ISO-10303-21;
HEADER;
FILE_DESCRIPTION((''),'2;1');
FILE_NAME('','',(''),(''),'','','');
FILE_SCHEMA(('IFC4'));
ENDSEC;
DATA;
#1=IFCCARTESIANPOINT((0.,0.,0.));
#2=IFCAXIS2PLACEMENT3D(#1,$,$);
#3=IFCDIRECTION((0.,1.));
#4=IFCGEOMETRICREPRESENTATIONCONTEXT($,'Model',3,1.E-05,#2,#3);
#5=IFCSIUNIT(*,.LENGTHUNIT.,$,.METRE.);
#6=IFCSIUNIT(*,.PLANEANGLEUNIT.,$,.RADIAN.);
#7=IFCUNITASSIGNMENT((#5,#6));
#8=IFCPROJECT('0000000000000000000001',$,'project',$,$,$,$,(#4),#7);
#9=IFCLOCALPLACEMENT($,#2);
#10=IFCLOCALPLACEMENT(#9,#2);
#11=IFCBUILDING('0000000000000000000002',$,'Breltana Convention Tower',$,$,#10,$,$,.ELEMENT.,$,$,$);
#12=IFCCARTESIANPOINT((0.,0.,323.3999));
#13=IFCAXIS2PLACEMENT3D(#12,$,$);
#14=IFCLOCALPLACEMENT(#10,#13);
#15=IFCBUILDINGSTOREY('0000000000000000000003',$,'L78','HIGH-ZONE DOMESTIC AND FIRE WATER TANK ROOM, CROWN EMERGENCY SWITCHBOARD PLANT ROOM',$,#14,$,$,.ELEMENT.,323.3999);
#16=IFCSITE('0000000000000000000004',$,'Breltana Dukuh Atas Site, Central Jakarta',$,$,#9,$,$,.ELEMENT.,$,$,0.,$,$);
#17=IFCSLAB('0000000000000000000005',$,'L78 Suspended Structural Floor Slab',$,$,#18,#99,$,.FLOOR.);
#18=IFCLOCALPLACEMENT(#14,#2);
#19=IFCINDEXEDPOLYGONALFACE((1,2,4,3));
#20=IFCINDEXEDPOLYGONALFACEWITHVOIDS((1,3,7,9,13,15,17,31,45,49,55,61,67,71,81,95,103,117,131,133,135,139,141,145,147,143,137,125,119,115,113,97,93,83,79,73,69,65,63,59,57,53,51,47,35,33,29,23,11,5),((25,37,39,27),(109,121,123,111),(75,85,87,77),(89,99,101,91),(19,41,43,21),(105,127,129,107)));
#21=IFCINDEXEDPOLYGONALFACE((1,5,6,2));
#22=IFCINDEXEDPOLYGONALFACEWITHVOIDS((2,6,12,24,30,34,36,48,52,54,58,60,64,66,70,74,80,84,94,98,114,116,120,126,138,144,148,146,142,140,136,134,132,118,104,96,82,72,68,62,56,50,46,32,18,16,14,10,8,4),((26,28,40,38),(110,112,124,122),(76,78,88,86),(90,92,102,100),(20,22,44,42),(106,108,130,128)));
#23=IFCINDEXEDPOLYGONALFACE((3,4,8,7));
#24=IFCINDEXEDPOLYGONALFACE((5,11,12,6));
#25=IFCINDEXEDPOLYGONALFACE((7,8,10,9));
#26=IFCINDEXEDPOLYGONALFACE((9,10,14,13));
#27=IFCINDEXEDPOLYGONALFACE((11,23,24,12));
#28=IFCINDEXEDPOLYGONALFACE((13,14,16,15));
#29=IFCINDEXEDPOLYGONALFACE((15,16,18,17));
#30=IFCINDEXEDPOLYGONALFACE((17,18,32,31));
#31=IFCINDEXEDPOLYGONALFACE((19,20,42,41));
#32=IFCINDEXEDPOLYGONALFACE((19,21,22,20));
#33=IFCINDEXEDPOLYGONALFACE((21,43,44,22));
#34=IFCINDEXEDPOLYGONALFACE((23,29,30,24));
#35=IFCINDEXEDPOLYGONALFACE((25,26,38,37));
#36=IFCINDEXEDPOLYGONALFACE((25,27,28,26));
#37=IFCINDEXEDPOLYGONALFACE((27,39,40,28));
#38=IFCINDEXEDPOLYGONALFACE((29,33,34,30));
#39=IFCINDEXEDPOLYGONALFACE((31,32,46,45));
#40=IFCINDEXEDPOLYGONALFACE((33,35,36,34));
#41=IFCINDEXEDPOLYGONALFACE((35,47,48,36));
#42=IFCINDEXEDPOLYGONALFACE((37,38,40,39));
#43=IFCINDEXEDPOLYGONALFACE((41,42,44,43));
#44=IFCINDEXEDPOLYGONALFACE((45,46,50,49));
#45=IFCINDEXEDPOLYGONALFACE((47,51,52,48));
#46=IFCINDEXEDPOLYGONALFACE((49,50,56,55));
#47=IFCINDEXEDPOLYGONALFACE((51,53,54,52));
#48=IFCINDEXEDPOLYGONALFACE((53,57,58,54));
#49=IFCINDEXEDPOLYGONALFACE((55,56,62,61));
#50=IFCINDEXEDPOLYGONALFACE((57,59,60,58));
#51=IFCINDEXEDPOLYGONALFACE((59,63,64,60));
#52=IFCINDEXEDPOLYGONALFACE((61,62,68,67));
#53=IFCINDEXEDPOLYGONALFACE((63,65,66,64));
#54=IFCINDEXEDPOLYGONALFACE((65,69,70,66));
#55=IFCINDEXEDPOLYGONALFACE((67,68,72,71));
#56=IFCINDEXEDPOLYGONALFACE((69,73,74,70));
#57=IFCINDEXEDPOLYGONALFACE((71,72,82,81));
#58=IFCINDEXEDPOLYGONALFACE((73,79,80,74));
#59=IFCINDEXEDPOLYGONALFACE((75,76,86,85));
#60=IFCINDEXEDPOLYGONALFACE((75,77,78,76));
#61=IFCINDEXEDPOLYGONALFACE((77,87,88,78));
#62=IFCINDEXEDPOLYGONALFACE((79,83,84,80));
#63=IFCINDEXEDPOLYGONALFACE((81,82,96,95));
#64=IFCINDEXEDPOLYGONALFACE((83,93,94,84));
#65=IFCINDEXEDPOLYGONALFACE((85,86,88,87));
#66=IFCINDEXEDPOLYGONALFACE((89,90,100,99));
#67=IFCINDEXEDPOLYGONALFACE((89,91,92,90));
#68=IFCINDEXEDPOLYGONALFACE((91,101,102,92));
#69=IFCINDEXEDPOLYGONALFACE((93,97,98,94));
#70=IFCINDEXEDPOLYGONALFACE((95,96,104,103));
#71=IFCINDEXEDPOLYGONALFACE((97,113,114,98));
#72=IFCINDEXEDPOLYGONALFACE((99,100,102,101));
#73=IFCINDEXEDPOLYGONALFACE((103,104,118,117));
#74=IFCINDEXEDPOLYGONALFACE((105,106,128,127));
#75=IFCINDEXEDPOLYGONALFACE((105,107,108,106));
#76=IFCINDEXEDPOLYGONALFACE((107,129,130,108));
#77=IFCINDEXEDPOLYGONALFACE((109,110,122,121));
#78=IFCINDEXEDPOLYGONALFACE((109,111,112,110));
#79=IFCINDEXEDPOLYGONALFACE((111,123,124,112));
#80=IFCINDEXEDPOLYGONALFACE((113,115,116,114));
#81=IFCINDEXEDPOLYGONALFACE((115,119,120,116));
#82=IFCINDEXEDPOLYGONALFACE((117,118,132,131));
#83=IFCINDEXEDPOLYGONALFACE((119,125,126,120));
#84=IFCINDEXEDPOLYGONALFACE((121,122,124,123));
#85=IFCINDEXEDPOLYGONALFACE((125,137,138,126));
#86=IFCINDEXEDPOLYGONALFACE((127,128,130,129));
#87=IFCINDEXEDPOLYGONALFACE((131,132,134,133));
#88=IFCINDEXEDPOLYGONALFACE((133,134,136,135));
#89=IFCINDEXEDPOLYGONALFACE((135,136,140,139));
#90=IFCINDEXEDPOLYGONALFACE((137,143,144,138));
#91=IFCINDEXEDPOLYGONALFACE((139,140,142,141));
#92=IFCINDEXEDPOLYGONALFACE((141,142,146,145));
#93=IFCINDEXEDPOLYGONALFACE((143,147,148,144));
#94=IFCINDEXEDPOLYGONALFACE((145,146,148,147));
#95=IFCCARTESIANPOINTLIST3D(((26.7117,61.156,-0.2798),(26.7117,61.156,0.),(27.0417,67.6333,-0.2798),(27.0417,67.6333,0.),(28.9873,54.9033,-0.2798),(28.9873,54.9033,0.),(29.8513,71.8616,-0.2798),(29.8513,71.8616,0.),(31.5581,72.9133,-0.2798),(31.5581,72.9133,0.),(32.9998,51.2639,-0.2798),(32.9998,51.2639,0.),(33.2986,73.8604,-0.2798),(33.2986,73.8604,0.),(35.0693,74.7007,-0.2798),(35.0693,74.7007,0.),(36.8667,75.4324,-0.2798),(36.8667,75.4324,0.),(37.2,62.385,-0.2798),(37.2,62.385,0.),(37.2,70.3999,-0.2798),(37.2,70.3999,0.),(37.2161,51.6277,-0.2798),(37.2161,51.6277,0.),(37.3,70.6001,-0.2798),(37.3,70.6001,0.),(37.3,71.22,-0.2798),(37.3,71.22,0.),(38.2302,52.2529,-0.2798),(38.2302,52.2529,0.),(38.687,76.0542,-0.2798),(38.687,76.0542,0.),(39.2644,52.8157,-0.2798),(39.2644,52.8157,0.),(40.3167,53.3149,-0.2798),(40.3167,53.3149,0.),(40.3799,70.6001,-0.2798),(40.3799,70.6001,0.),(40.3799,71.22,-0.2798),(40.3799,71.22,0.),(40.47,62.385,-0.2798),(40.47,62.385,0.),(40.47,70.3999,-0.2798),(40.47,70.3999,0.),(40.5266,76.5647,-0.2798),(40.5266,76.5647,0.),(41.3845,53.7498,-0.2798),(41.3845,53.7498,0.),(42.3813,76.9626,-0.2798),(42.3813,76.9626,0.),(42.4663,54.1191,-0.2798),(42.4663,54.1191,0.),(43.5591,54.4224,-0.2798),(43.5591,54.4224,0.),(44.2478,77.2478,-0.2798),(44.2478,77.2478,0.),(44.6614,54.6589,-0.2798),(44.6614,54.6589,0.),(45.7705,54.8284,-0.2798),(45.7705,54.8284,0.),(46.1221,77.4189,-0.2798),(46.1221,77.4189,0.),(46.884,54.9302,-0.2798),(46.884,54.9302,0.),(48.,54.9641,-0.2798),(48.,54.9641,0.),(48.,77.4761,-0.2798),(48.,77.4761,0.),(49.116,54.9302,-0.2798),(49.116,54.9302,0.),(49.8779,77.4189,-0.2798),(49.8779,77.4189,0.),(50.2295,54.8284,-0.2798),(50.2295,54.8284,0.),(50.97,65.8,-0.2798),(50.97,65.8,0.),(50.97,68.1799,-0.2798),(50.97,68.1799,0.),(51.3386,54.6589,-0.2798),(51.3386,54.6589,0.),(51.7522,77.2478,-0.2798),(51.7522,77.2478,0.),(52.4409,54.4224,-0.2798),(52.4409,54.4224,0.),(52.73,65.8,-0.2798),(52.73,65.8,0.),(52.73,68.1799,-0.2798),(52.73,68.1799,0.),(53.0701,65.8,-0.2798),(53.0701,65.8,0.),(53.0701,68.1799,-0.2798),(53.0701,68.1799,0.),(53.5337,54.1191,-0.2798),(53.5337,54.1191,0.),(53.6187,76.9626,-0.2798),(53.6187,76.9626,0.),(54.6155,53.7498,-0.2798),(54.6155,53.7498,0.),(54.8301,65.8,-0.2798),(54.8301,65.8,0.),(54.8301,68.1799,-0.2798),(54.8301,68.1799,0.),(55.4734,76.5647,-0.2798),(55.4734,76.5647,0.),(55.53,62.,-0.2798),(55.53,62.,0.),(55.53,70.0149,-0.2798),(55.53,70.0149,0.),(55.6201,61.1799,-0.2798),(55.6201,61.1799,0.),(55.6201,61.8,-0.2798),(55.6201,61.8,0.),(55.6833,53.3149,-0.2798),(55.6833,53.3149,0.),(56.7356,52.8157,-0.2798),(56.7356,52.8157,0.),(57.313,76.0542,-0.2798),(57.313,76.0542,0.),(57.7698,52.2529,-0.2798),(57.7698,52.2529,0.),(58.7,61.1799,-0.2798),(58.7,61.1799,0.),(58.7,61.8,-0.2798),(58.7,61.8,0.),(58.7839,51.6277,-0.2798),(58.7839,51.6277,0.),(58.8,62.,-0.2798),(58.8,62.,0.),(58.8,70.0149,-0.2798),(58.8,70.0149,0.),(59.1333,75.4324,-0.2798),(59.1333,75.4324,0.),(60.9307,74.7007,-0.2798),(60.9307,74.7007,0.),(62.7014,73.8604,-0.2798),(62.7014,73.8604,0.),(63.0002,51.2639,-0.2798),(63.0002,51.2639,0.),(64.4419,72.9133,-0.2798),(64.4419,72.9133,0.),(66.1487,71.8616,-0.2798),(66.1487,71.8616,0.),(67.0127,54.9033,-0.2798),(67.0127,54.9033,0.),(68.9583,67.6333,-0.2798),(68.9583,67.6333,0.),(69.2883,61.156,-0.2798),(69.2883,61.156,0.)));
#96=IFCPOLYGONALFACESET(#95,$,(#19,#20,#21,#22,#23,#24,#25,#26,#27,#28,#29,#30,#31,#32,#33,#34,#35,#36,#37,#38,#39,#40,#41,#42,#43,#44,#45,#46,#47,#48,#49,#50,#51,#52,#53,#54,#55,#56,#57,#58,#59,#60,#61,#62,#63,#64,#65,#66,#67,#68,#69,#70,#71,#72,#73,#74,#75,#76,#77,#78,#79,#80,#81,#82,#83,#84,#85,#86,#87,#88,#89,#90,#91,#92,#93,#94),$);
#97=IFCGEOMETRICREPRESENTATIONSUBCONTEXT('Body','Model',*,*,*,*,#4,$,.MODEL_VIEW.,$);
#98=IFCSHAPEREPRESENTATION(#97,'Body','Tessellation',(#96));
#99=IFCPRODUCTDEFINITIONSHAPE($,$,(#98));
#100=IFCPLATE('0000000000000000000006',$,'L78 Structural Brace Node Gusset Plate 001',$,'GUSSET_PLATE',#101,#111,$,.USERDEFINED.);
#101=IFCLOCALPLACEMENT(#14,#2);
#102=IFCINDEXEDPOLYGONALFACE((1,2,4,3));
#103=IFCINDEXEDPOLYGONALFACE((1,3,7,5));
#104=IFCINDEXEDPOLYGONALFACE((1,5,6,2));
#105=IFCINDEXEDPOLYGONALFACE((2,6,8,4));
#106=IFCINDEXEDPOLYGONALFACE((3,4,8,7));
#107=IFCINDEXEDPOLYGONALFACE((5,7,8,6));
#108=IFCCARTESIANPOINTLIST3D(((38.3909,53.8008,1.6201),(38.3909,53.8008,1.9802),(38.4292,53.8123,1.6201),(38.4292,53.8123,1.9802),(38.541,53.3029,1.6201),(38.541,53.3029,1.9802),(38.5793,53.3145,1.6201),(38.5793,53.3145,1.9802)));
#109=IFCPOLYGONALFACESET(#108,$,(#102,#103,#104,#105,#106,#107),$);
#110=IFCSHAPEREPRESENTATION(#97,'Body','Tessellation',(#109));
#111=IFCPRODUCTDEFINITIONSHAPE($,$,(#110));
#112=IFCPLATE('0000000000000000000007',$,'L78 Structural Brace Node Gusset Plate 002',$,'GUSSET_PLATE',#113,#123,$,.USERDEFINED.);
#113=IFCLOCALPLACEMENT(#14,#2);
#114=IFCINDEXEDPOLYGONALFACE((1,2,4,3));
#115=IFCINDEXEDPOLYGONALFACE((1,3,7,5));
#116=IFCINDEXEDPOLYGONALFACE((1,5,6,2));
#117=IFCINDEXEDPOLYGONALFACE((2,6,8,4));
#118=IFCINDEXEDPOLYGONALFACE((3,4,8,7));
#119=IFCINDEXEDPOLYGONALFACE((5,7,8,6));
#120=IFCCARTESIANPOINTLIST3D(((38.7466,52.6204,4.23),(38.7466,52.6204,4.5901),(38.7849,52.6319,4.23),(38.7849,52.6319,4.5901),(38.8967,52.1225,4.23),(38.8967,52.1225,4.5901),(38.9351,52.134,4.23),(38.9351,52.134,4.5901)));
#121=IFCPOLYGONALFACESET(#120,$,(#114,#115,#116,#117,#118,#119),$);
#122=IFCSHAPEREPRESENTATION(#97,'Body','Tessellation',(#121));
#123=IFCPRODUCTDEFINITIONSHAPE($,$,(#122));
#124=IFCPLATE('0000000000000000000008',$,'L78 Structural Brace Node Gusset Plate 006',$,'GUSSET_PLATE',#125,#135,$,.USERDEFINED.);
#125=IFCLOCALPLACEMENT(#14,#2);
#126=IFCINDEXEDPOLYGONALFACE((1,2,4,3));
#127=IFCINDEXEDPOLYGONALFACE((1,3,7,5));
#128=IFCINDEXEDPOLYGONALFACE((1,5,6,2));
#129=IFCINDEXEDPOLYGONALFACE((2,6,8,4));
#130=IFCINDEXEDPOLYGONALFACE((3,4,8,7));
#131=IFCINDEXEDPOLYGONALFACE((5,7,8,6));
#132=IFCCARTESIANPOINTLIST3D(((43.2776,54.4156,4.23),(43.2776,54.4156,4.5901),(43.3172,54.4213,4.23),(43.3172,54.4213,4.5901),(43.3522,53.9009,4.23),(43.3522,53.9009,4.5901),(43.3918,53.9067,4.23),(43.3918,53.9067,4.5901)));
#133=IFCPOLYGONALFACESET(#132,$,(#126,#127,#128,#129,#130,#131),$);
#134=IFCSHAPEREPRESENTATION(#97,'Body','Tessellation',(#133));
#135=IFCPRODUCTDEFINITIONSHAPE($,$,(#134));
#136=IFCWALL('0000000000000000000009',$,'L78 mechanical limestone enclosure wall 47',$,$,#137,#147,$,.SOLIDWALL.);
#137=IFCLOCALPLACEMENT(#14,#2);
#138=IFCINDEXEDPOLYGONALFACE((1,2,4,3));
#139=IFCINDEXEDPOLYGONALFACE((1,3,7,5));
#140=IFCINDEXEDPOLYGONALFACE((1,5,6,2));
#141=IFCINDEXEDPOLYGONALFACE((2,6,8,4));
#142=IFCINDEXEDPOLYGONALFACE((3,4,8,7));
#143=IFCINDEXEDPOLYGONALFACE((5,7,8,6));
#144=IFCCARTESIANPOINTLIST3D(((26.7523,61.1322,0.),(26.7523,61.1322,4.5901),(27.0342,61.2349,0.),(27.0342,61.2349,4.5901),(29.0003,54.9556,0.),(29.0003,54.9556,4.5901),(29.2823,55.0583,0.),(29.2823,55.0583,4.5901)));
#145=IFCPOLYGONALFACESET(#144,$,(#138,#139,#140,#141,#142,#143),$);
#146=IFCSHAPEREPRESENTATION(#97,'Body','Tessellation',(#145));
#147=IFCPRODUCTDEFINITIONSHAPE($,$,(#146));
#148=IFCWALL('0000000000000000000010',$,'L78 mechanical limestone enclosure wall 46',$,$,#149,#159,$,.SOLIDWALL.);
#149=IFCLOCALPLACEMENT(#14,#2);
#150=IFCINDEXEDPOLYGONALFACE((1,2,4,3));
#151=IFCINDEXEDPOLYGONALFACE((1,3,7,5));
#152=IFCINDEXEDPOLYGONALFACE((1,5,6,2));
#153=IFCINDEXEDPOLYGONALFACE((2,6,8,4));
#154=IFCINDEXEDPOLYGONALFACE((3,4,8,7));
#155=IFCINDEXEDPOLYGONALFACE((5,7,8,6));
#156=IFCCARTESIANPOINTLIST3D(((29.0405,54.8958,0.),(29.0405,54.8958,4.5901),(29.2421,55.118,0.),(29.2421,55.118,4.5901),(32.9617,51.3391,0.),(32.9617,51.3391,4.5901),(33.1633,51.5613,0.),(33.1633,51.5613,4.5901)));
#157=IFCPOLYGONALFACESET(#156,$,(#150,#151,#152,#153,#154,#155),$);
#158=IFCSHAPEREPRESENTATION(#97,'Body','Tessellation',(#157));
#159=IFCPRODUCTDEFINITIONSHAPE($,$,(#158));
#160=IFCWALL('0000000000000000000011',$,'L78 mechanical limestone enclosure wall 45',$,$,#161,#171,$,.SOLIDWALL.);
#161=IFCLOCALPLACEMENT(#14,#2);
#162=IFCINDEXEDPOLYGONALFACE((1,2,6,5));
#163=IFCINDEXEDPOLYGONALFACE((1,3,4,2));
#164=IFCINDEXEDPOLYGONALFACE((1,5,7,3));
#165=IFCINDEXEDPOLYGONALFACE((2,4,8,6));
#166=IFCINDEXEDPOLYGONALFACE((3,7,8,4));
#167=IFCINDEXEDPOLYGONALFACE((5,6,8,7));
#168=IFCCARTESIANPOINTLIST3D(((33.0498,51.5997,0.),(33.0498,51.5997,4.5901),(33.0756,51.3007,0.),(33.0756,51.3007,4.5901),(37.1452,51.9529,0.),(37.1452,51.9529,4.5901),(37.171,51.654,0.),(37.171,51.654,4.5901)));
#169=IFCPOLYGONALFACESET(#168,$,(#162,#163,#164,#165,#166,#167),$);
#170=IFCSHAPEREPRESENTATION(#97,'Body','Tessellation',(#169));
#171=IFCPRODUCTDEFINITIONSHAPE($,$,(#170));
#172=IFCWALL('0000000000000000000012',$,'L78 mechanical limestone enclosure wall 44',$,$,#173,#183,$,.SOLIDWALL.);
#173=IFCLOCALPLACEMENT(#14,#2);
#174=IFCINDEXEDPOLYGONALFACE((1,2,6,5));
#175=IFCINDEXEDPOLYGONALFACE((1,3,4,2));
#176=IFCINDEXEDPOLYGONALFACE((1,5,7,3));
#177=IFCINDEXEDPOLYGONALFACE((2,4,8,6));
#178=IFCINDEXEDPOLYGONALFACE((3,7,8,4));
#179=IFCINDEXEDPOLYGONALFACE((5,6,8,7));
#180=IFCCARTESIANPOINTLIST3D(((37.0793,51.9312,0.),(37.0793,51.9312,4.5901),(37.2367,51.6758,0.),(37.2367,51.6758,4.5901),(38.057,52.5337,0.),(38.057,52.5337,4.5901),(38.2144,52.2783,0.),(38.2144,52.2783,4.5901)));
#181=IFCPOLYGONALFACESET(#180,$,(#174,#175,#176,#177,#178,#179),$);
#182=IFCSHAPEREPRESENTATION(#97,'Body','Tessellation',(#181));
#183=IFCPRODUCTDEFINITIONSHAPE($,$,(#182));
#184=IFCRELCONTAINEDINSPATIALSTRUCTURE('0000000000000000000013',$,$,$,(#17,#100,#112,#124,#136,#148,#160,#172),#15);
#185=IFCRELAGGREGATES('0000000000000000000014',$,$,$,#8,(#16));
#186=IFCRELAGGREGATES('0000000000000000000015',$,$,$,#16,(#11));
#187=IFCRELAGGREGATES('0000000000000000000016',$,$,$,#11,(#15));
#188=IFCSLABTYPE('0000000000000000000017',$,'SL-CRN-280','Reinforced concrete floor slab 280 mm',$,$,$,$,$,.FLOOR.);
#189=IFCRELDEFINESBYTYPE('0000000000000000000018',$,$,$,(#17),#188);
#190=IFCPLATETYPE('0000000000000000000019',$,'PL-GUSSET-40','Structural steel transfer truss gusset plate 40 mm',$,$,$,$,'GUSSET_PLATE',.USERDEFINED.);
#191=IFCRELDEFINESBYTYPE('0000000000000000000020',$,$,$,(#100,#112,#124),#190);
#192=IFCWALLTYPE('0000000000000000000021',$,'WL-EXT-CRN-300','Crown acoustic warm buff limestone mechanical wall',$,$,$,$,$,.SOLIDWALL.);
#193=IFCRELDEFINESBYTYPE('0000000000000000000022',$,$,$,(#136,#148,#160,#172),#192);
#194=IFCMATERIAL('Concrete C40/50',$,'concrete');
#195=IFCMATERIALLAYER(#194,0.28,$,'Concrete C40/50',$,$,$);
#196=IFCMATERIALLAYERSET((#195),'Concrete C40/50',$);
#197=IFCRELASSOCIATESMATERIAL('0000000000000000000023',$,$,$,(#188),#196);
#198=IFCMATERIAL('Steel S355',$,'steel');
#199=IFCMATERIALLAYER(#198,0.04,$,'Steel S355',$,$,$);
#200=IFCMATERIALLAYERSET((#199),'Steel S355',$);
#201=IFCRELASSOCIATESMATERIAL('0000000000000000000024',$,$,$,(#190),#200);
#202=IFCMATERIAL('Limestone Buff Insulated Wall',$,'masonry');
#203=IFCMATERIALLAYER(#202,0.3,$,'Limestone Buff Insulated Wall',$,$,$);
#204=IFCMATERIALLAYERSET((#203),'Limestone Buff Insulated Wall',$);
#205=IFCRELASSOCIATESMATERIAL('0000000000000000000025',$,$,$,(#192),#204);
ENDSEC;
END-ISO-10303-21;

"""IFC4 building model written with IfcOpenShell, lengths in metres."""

from ifc_helpers import new_model, si_unit, direction, frame, frame_2d, origin, origin_2d, place, context, subcontext, project, spatial, polyline, rectangle, outline, extrude, source, transform, mapped, material, layer, layer_set, type_object, element, save


model = new_model("IFC4")

# Units and contexts
model_context = context("Model", 3, precision=1e-05, world=origin(), true_north=direction((0.0, 1.0)))
body_context = subcontext(model_context, "Body", "Model", "MODEL_VIEW")
ifc_project = project(units=[si_unit("LENGTHUNIT", "METRE"), si_unit("PLANEANGLEUNIT", "RADIAN")], contexts=[model_context])

# Site, building, storey
site_placement = place(None, origin())
site = spatial("IfcSite", under=ifc_project, at=site_placement, Name="Breltana Dukuh Atas Site, Central Jakarta", CompositionType="ELEMENT", RefElevation=0.0)
building_placement = place(site_placement, origin())
building = spatial("IfcBuilding", under=site, at=building_placement, Name="Breltana Convention Tower", CompositionType="ELEMENT")
storey_placement = place(building_placement, frame((0.0, 0.0, 323.3999)))
storey = spatial("IfcBuildingStorey", under=building, at=storey_placement, Name="L78", Description="HIGH-ZONE DOMESTIC AND FIRE WATER TANK ROOM, CROWN EMERGENCY SWITCHBOARD PLANT ROOM", CompositionType="ELEMENT", Elevation=323.3999)

# Slab
ifc_material_1 = material(Name="Concrete C40/50", Category="concrete")
ifc_layer_1 = layer(ifc_material_1, 0.28, Name="Concrete C40/50")
ifc_layer_set_1 = layer_set([ifc_layer_1], Name="Concrete C40/50")
slab_type = type_object("IfcSlabType", Name="SL-CRN-280", Description="Reinforced concrete floor slab 280 mm", PredefinedType="FLOOR", material=ifc_layer_set_1)
slab_placement = place(storey_placement, frame((0.0, 0.0, -0.2798)))
element("IfcSlab", 1, at=slab_placement, inside=storey, type_object=slab_type, Name="L78 Suspended Structural Floor Slab", PredefinedType="FLOOR", context=body_context, shape_type="SweptSolid", body=[
    extrude(outline(polyline([(66.1487, 71.8616), (64.4419, 72.9133), (62.7014, 73.8604), (60.9307, 74.7007), (59.1333, 75.4324), (57.313, 76.0542), (55.4734, 76.5647), (53.6187, 76.9626), (51.7522, 77.2478), (49.8779, 77.4189), (48.0, 77.4761), (46.1221, 77.4189), (44.2478, 77.2478), (42.3813, 76.9626), (40.5266, 76.5647), (38.687, 76.0542), (36.8667, 75.4324), (35.0693, 74.7007), (33.2986, 73.8604), (31.5581, 72.9133), (29.8513, 71.8616), (27.0417, 67.6333), (26.7117, 61.156), (28.9873, 54.9033), (32.9998, 51.2639), (37.2161, 51.6277), (38.2302, 52.2529), (39.2644, 52.8157), (40.3167, 53.3149), (41.3845, 53.7498), (42.4663, 54.1191), (43.5591, 54.4224), (44.6614, 54.6589), (45.7705, 54.8284), (46.884, 54.9302), (48.0, 54.9641), (49.116, 54.9302), (50.2295, 54.8284), (51.3386, 54.6589), (52.4409, 54.4224), (53.5337, 54.1191), (54.6155, 53.7498), (55.6833, 53.3149), (56.7356, 52.8157), (57.7698, 52.2529), (58.7839, 51.6277), (63.0002, 51.2639), (67.0127, 54.9033), (69.2883, 61.156), (68.9583, 67.6333), (66.1487, 71.8616)]), holes=[polyline([(37.2, 62.385), (40.47, 62.385), (40.47, 70.3999), (37.2, 70.3999), (37.2, 62.385)]), polyline([(55.53, 62.0), (58.8, 62.0), (58.8, 70.0149), (55.53, 70.0149), (55.53, 62.0)]), polyline([(50.97, 65.8), (52.73, 65.8), (52.73, 68.1799), (50.97, 68.1799), (50.97, 65.8)]), polyline([(53.0701, 65.8), (54.8301, 65.8), (54.8301, 68.1799), (53.0701, 68.1799), (53.0701, 65.8)]), polyline([(37.3, 70.6001), (40.3799, 70.6001), (40.3799, 71.22), (37.3, 71.22), (37.3, 70.6001)]), polyline([(55.6201, 61.1799), (58.7, 61.1799), (58.7, 61.8), (55.6201, 61.8), (55.6201, 61.1799)])]), origin(), (0.0, 0.0, 1.0), 0.2798),
])

# Plates
ifc_material_2 = material(Name="Steel S355", Category="steel")
ifc_layer_2 = layer(ifc_material_2, 0.04, Name="Steel S355")
ifc_layer_set_2 = layer_set([ifc_layer_2], Name="Steel S355")
plate_type = type_object("IfcPlateType", Name="PL-GUSSET-40", Description="Structural steel transfer truss gusset plate 40 mm", ElementType="GUSSET_PLATE", PredefinedType="USERDEFINED", material=ifc_layer_set_2)
shared_shape_1 = source(origin(), body_context, "Body", "SweptSolid", [
    extrude(rectangle(XDim=0.52, YDim=0.04, at=origin_2d()), origin(), (0.0, 0.0, 1.0), 0.3601),
])
for number, where, z_axis, x_axis, name in (
    (2, (38.4851, 53.5576, 1.6201), (0.0, 0.0, 1.0), (0.288698, -0.95742, 0.0), "L78 Structural Brace Node Gusset Plate 001"),
    (3, (38.8408, 52.3772, 4.23), (0.0, 0.0, 1.0), (0.288698, -0.95742, 0.0), "L78 Structural Brace Node Gusset Plate 002"),
    (4, (43.3347, 54.1611, 4.23), (0.0, 0.0, 1.0), (0.143493, -0.989651, 0.0), "L78 Structural Brace Node Gusset Plate 006"),
):
    element("IfcPlate", number, at=place(storey_placement, frame(where, z_axis=z_axis, x_axis=x_axis)), inside=storey, type_object=plate_type, Name=name, ObjectType="GUSSET_PLATE", PredefinedType="USERDEFINED", context=body_context, shape_type="MappedRepresentation", body=[
        mapped(shared_shape_1, transform((0.0, 0.0, 0.0), scale=1.0)),
    ])

# Walls
ifc_material_3 = material(Name="Limestone Buff Insulated Wall", Category="masonry")
ifc_layer_3 = layer(ifc_material_3, 0.3, Name="Limestone Buff Insulated Wall")
ifc_layer_set_3 = layer_set([ifc_layer_3], Name="Limestone Buff Insulated Wall")
wall_type_1 = type_object("IfcWallType", Name="WL-EXT-CRN-300", Description="Crown acoustic warm buff limestone mechanical wall", PredefinedType="SOLIDWALL", material=ifc_layer_set_3)
shared_shape_2 = source(origin(), body_context, "Body", "SweptSolid", [
    extrude(rectangle(XDim=6.573, YDim=0.3, at=frame_2d((3.2866, 0.0))), origin(), (0.0, 0.0, 1.0), 4.5901),
])
wall_1_placement = place(storey_placement, frame((29.1414, 55.0068, 0.0), z_axis=(0.0, 0.0, 1.0), x_axis=(-0.342017, 0.939694, 0.0)))
element("IfcWall", 5, at=wall_1_placement, inside=storey, type_object=wall_type_1, Name="L78 mechanical limestone enclosure wall 47", PredefinedType="SOLIDWALL", context=body_context, shape_type="MappedRepresentation", body=[
    mapped(shared_shape_2, transform((0.0, 0.0, 0.0), scale=1.0)),
])
shared_shape_3 = source(origin(), body_context, "Body", "SweptSolid", [
    extrude(rectangle(XDim=5.2939, YDim=0.3, at=frame_2d((2.647, 0.0))), origin(), (0.0, 0.0, 1.0), 4.5901),
])
wall_2_placement = place(storey_placement, frame((33.0625, 51.4502, 0.0), z_axis=(0.0, 0.0, 1.0), x_axis=(-0.740695, 0.671841, 0.0)))
element("IfcWall", 6, at=wall_2_placement, inside=storey, type_object=wall_type_1, Name="L78 mechanical limestone enclosure wall 46", PredefinedType="SOLIDWALL", context=body_context, shape_type="MappedRepresentation", body=[
    mapped(shared_shape_3, transform((0.0, 0.0, 0.0), scale=1.0)),
])
shared_shape_4 = source(origin(), body_context, "Body", "SweptSolid", [
    extrude(rectangle(XDim=4.1106, YDim=0.3, at=frame_2d((2.0552, 0.0))), origin(), (0.0, 0.0, 1.0), 4.5901),
])
wall_3_placement = place(storey_placement, frame((37.158, 51.8035, 0.0), z_axis=(0.0, 0.0, 1.0), x_axis=(-0.9963, -0.08594, 0.0)))
element("IfcWall", 7, at=wall_3_placement, inside=storey, type_object=wall_type_1, Name="L78 mechanical limestone enclosure wall 45", PredefinedType="SOLIDWALL", context=body_context, shape_type="MappedRepresentation", body=[
    mapped(shared_shape_4, transform((0.0, 0.0, 0.0), scale=1.0)),
])
shared_shape_5 = source(origin(), body_context, "Body", "SweptSolid", [
    extrude(rectangle(XDim=1.1484, YDim=0.3, at=frame_2d((0.5742, 0.0))), origin(), (0.0, 0.0, 1.0), 4.5901),
])
wall_4_placement = place(storey_placement, frame((38.1357, 52.406, 0.0), z_axis=(0.0, 0.0, 1.0), x_axis=(-0.851337, -0.524619, 0.0)))
element("IfcWall", 8, at=wall_4_placement, inside=storey, type_object=wall_type_1, Name="L78 mechanical limestone enclosure wall 44", PredefinedType="SOLIDWALL", context=body_context, shape_type="MappedRepresentation", body=[
    mapped(shared_shape_5, transform((0.0, 0.0, 0.0), scale=1.0)),
])

save(model, "model.ifc")
